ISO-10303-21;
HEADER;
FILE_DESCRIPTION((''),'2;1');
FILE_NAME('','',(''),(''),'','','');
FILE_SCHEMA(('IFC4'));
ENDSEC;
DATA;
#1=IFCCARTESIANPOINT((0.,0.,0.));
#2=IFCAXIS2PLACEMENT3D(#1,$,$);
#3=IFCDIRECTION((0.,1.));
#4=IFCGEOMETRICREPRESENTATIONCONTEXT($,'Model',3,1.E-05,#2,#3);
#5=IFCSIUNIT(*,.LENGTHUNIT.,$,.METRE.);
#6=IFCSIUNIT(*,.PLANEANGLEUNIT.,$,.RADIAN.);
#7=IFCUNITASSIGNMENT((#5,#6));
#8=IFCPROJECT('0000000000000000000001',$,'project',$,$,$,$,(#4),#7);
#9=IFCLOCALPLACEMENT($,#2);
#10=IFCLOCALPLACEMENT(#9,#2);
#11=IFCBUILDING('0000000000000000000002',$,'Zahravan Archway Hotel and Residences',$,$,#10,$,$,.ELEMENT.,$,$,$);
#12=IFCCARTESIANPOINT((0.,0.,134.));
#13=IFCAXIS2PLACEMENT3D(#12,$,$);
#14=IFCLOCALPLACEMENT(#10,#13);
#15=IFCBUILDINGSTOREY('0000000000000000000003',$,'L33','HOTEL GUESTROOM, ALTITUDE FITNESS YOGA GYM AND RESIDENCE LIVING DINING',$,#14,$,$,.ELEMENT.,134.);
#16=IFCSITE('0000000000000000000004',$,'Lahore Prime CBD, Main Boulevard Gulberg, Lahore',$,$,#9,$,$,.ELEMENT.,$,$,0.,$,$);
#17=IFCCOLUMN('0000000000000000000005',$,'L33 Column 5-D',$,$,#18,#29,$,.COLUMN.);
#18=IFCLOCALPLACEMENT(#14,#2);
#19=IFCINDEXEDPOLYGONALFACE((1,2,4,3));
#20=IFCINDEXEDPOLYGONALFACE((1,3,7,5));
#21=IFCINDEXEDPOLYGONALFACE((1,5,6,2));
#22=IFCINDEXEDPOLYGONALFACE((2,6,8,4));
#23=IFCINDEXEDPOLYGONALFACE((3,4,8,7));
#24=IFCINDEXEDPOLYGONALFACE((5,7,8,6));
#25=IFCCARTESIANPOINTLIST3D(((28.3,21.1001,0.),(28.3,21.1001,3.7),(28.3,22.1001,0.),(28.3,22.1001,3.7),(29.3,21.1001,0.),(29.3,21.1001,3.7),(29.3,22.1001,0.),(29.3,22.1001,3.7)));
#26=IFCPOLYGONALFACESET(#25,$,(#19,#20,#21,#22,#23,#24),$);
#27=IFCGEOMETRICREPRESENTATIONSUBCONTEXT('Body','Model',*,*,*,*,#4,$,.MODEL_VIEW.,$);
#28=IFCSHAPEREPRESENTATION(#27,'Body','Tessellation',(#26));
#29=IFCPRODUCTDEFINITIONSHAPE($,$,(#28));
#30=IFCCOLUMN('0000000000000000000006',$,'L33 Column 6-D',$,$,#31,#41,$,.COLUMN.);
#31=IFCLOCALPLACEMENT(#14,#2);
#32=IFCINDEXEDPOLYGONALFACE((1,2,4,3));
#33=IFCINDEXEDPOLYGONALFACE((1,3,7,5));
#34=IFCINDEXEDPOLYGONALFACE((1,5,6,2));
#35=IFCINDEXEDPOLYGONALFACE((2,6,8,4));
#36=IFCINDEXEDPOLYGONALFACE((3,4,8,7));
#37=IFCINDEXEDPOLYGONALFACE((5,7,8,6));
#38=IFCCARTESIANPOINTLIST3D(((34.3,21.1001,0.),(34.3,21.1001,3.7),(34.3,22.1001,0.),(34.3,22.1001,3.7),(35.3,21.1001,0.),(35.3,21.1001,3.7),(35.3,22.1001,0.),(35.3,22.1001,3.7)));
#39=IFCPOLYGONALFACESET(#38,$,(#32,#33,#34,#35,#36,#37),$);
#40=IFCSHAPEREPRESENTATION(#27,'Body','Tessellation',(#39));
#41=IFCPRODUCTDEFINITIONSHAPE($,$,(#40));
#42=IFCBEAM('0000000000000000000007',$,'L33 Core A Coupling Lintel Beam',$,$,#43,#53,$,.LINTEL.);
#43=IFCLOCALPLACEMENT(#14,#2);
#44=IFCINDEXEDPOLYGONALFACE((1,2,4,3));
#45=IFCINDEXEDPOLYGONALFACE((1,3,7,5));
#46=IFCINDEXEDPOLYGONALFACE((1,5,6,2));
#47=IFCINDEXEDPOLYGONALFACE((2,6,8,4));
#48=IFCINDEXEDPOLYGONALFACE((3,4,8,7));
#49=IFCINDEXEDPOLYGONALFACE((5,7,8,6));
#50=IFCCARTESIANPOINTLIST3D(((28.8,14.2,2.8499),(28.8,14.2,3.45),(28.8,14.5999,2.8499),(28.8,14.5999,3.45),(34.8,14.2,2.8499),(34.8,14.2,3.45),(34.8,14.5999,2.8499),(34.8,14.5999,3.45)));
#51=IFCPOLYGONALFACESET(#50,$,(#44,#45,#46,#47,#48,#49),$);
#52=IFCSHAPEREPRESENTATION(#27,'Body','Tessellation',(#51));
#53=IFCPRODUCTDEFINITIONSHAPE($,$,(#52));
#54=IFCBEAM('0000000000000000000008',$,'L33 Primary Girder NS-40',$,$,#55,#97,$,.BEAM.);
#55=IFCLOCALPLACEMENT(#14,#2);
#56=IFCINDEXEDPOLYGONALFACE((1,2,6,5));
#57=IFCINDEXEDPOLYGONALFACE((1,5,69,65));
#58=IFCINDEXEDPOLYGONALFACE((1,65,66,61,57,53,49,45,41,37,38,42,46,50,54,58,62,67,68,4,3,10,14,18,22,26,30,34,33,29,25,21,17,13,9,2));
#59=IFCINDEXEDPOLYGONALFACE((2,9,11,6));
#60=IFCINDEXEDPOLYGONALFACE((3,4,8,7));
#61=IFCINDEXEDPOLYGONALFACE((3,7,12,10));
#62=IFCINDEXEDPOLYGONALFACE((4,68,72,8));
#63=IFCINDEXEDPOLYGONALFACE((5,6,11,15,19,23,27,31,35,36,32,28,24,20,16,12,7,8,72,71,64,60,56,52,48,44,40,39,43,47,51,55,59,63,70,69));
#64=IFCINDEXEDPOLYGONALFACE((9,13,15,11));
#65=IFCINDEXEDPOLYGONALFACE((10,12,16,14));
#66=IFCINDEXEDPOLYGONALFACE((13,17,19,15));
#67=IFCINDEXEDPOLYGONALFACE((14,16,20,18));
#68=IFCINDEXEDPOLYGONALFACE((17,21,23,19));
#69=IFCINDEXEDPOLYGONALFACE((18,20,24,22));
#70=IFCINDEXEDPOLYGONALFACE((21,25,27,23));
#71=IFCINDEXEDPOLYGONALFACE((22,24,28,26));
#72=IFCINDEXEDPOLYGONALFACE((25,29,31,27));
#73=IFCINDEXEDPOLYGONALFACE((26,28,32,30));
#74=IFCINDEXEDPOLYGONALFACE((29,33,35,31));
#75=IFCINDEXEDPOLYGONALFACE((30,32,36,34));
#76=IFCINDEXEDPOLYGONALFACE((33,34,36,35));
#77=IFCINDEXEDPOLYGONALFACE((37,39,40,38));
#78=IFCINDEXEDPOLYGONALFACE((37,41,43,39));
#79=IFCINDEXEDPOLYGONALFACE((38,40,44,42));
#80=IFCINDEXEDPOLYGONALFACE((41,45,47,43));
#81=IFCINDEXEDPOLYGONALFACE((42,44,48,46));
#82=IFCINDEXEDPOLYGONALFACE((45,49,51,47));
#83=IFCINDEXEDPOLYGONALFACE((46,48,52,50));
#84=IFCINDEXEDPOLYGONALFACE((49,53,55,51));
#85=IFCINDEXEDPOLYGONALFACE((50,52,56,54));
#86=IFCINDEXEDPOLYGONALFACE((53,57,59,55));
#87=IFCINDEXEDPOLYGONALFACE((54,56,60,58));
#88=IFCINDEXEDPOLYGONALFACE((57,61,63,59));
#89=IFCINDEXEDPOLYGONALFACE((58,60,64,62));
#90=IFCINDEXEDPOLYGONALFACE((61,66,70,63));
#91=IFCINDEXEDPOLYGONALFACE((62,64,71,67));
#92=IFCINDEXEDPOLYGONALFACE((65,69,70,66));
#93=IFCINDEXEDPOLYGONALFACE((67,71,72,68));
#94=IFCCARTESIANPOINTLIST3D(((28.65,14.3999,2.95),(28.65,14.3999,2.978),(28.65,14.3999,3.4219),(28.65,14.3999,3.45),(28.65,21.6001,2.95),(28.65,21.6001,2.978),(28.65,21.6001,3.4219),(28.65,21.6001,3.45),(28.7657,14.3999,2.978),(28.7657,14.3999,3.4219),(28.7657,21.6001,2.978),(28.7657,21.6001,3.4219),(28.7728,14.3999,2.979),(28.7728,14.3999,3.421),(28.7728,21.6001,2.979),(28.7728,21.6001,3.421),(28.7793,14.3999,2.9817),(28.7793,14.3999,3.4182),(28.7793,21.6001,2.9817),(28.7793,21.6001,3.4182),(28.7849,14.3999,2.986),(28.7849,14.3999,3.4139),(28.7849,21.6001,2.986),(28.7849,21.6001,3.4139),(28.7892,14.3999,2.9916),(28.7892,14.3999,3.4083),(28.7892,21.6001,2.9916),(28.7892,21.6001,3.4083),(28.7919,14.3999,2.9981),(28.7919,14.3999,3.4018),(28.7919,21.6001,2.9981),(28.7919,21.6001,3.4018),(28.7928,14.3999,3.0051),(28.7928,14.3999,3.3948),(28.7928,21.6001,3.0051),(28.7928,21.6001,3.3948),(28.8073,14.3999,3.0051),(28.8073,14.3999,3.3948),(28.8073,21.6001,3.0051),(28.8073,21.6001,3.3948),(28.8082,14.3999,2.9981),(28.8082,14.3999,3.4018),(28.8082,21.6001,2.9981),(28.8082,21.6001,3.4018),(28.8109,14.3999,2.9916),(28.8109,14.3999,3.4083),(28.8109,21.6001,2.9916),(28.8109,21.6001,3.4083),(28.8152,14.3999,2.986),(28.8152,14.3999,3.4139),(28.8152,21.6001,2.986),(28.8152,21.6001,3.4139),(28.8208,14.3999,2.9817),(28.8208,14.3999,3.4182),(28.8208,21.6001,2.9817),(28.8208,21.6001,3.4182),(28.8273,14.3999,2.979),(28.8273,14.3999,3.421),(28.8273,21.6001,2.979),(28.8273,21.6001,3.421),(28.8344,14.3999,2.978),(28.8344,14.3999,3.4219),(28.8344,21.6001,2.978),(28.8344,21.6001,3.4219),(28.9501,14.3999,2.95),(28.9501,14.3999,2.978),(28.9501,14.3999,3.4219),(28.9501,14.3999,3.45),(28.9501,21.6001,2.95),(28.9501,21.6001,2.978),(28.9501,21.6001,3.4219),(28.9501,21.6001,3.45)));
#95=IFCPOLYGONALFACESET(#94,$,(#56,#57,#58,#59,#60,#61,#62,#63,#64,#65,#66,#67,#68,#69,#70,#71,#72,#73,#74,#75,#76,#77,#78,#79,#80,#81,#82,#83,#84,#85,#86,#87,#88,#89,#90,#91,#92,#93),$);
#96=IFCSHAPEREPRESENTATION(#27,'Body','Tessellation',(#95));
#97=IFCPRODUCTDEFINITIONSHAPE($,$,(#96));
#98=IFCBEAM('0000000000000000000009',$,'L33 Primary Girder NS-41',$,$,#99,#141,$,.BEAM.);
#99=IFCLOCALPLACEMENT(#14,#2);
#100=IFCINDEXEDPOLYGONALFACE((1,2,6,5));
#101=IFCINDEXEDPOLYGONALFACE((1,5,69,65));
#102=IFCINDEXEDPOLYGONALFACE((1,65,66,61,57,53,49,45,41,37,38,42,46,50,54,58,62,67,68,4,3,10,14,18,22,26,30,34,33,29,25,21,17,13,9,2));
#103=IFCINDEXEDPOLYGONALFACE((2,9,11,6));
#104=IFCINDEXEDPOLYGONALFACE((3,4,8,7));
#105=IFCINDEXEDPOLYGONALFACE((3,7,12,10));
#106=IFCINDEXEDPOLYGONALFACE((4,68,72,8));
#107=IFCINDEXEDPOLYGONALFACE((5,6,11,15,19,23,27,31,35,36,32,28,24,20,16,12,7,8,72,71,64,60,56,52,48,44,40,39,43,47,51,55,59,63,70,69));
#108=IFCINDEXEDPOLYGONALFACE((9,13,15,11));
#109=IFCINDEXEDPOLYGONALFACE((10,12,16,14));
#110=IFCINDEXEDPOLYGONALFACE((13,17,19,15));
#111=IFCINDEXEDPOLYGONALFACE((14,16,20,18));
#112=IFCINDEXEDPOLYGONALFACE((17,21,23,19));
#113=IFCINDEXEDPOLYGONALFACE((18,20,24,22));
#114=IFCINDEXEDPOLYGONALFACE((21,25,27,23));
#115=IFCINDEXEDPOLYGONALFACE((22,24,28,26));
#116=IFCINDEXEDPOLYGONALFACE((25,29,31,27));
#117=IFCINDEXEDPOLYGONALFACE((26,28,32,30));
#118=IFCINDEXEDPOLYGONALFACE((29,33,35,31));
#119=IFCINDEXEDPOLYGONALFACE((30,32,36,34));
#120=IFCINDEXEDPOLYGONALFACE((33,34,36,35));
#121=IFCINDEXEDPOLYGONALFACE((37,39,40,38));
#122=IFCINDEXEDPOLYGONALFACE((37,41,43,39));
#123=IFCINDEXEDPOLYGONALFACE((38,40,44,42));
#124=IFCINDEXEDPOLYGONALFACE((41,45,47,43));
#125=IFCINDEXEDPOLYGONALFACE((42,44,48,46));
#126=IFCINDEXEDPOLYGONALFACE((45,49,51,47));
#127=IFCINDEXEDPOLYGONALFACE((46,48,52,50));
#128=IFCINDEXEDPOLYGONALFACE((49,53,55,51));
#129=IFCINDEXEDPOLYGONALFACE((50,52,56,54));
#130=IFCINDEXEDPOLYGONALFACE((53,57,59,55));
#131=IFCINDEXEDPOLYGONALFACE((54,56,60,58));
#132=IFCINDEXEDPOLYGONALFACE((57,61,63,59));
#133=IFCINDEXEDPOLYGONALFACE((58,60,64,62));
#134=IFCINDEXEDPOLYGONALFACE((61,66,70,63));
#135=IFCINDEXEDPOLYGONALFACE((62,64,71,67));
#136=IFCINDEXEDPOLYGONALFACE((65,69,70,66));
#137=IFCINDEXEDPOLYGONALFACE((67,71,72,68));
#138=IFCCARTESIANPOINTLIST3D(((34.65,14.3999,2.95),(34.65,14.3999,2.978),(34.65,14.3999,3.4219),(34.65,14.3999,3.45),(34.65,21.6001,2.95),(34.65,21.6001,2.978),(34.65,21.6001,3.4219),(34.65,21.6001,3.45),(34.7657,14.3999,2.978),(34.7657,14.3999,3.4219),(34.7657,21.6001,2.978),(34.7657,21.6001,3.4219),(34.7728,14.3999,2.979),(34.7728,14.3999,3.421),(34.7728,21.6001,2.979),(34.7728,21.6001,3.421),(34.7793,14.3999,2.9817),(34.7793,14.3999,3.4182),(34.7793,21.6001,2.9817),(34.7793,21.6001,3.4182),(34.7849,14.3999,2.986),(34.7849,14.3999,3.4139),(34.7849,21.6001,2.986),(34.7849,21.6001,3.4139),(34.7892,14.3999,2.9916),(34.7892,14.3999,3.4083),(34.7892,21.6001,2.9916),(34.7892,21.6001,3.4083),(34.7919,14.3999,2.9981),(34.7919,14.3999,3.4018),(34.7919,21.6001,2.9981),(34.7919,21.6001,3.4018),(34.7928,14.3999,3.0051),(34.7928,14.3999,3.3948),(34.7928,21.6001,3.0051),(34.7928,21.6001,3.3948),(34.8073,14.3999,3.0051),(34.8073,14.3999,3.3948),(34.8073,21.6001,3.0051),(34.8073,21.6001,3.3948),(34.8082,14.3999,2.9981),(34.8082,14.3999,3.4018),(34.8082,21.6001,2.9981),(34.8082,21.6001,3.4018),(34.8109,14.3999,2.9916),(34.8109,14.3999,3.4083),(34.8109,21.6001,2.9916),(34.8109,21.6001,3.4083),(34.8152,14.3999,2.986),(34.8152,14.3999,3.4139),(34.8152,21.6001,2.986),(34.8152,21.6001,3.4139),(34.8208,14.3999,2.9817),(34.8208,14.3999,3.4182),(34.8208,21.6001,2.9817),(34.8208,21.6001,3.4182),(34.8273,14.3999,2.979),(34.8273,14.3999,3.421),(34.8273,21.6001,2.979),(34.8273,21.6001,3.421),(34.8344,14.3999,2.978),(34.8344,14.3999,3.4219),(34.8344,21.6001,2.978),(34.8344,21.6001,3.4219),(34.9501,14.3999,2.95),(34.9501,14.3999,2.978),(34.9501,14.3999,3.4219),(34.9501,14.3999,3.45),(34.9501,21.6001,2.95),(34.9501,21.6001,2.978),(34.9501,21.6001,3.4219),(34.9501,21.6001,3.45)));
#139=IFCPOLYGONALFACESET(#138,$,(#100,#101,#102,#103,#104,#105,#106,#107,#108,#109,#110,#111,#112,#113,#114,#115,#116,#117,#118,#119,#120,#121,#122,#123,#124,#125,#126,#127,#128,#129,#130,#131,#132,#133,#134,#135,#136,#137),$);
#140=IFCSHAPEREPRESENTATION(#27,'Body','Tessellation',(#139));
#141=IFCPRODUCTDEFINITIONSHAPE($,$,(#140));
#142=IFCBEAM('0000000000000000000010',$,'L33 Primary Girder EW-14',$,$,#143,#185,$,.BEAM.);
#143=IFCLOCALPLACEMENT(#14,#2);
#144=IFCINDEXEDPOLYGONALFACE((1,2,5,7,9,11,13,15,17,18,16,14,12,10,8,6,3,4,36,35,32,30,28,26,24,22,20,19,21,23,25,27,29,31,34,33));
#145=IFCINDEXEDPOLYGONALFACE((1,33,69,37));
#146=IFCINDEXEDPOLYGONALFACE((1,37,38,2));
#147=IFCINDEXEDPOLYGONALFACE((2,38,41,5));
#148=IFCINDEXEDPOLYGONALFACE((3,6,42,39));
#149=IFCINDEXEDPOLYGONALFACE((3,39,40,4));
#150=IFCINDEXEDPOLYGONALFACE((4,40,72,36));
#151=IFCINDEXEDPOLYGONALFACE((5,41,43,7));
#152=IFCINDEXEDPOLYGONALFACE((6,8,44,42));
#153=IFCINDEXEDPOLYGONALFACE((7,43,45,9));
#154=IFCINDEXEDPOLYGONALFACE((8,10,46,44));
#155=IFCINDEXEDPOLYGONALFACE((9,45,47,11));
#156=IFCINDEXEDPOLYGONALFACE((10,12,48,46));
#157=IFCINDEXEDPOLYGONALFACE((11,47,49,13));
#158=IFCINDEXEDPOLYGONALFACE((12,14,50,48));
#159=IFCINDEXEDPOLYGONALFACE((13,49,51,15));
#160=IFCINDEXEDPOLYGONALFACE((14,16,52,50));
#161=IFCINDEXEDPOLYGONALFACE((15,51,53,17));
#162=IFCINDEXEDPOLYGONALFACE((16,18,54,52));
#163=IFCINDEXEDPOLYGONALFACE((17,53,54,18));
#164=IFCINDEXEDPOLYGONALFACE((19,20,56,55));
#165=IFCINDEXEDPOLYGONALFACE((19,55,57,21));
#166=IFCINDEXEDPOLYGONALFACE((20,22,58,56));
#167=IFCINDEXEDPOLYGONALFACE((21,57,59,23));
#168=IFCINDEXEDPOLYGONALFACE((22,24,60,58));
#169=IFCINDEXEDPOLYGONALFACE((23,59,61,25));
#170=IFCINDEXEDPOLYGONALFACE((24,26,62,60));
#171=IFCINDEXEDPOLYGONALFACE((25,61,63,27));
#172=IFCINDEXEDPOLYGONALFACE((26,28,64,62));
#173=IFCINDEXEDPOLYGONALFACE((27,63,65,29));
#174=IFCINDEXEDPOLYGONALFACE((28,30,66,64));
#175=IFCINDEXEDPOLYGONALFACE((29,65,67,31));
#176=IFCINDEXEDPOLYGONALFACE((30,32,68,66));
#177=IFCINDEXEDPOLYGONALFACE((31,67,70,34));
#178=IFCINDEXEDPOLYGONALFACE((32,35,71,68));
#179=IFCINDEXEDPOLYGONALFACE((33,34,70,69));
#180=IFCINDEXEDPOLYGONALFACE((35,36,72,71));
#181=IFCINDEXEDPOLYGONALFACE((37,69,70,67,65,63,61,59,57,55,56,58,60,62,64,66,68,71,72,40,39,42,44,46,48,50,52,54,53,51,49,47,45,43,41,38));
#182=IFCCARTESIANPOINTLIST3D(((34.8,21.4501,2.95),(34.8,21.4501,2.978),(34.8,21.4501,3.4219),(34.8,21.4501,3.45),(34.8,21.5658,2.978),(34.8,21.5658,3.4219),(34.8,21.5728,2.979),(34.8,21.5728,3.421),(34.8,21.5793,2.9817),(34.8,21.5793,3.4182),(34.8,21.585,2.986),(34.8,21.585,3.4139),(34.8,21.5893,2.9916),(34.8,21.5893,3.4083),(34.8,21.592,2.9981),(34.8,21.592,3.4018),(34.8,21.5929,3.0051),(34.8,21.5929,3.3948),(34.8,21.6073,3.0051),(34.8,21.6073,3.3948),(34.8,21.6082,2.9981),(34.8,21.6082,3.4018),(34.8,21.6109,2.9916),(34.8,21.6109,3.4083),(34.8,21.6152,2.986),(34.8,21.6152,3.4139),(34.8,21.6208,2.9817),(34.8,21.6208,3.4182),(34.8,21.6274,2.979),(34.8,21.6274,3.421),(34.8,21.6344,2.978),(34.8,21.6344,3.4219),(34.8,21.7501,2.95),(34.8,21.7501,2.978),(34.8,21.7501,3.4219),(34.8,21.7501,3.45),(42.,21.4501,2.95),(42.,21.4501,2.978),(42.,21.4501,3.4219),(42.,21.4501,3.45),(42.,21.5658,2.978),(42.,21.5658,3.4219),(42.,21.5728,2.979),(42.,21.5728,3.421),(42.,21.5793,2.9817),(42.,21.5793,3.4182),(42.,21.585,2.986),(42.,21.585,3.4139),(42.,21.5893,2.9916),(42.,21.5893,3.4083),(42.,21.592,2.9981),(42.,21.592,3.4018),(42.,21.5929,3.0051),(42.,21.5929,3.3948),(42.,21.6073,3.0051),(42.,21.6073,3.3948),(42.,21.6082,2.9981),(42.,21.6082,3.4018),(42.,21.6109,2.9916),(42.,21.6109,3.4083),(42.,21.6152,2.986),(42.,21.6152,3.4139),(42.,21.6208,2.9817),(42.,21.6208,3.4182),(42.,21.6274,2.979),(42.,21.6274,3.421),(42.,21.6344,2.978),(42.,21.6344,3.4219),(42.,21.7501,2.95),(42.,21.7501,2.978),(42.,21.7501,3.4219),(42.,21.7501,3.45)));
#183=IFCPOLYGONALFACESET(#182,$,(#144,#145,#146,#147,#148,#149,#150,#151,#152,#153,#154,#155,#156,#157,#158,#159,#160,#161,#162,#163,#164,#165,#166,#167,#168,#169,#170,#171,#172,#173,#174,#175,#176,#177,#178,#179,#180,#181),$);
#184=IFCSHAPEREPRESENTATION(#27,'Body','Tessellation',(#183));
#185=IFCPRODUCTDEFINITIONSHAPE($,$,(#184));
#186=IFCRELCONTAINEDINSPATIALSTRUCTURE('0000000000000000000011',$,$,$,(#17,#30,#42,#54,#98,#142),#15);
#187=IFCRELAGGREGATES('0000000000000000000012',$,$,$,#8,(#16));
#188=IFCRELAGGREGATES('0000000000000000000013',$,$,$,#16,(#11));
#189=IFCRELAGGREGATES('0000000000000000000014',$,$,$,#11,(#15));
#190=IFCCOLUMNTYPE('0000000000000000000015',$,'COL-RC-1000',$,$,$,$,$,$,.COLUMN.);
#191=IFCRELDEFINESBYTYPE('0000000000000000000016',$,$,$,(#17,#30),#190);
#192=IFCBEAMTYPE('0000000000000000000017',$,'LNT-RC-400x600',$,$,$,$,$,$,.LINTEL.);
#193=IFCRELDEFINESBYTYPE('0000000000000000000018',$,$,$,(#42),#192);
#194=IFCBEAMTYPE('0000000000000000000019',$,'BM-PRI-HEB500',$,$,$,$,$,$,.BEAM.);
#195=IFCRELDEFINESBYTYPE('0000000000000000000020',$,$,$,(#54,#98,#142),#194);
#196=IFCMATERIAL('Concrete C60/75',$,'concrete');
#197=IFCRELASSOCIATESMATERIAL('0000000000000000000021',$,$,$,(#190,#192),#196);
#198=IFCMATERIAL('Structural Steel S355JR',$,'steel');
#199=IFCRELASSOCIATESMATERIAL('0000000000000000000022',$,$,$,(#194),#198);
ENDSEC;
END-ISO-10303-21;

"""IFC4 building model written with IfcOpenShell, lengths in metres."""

from ifc_helpers import new_model, si_unit, direction, frame, origin, origin_2d, place, context, subcontext, project, spatial, rectangle, i_section, extrude, source, transform, mapped, material, material_profile, profile_set, type_object, type_shapes, element, save


model = new_model("IFC4")

# Units and contexts
model_context = context("Model", 3, precision=1e-05, world=origin(), true_north=direction((0.0, 1.0)))
body_context = subcontext(model_context, "Body", "Model", "MODEL_VIEW")
ifc_project = project(units=[si_unit("LENGTHUNIT", "METRE"), si_unit("PLANEANGLEUNIT", "RADIAN")], contexts=[model_context])

# Site, building, storey
site_placement = place(None, origin())
site = spatial("IfcSite", under=ifc_project, at=site_placement, Name="Lahore Prime CBD, Main Boulevard Gulberg, Lahore", CompositionType="ELEMENT", RefElevation=0.0)
building_placement = place(site_placement, origin())
building = spatial("IfcBuilding", under=site, at=building_placement, Name="Zahravan Archway Hotel and Residences", CompositionType="ELEMENT")
storey_placement = place(building_placement, frame((0.0, 0.0, 134.0)))
storey = spatial("IfcBuildingStorey", under=building, at=storey_placement, Name="L33", Description="HOTEL GUESTROOM, ALTITUDE FITNESS YOGA GYM AND RESIDENCE LIVING DINING", CompositionType="ELEMENT", Elevation=134.0)

# Columns
ifc_material_1 = material(Name="Concrete C60/75", Category="concrete")
ifc_material_profile_1 = material_profile(ifc_material_1, rectangle(XDim=1.0, YDim=1.0, at=origin_2d()), Name="RC-COL-1000x1000", Category="concrete")
ifc_profile_set_1 = profile_set([ifc_material_profile_1], Name="Concrete C60/75")
column_type = type_object("IfcColumnType", Name="COL-RC-1000", PredefinedType="COLUMN", material=ifc_profile_set_1)
shared_shape_1 = source(origin(), body_context, "Body", "SweptSolid", [
    extrude(rectangle(XDim=1.0, YDim=1.0, at=origin_2d()), origin(), (0.0, 0.0, 1.0), 3.7),
])
type_shapes(column_type, [shared_shape_1])
for number, where, z_axis, x_axis, name in (
    (1, (28.8, 21.6001, 0.0), (0.0, 0.0, 1.0), (1.0, 0.0, 0.0), "L33 Column 5-D"),
    (2, (34.8, 21.6001, 0.0), (0.0, 0.0, 1.0), (1.0, 0.0, 0.0), "L33 Column 6-D"),
):
    element("IfcColumn", number, at=place(storey_placement, frame(where, z_axis=z_axis, x_axis=x_axis)), inside=storey, type_object=column_type, Name=name, PredefinedType="COLUMN", context=body_context, shape_type="MappedRepresentation", body=[
        mapped(shared_shape_1, transform((0.0, 0.0, 0.0), scale=1.0)),
    ])

# Beams
ifc_material_profile_2 = material_profile(ifc_material_1, rectangle(XDim=0.3999, YDim=0.6001, at=origin_2d()), Name="RC-LNT-400x600", Category="concrete")
ifc_profile_set_2 = profile_set([ifc_material_profile_2], Name="Concrete C60/75")
beam_type_1 = type_object("IfcBeamType", Name="LNT-RC-400x600", PredefinedType="LINTEL", material=ifc_profile_set_2)
shared_shape_2 = source(origin(), body_context, "Body", "SweptSolid", [
    extrude(rectangle(XDim=0.3999, YDim=0.6001, at=origin_2d()), origin(), (0.0, 0.0, 1.0), 6.0),
])
type_shapes(beam_type_1, [shared_shape_2])
beam_1_placement = place(storey_placement, frame((28.8, 14.3999, 3.1499), z_axis=(1.0, 0.0, 0.0), x_axis=(0.0, 1.0, 0.0)))
element("IfcBeam", 3, at=beam_1_placement, inside=storey, type_object=beam_type_1, Name="L33 Core A Coupling Lintel Beam", PredefinedType="LINTEL", context=body_context, shape_type="MappedRepresentation", body=[
    mapped(shared_shape_2, transform((0.0, 0.0, 0.0), scale=1.0)),
])
ifc_material_2 = material(Name="Structural Steel S355JR", Category="steel")
ifc_material_profile_3 = material_profile(ifc_material_2, i_section(OverallWidth=0.3, OverallDepth=0.5, WebThickness=0.0144, FlangeThickness=0.0281, FilletRadius=0.0271, at=origin_2d()), Name="HEB 500", Category="steel")
ifc_profile_set_3 = profile_set([ifc_material_profile_3], Name="Structural Steel S355JR")
beam_type_2 = type_object("IfcBeamType", Name="BM-PRI-HEB500", PredefinedType="BEAM", material=ifc_profile_set_3)
shared_shape_3 = source(origin(), body_context, "Body", "SweptSolid", [
    extrude(i_section(OverallWidth=0.3, OverallDepth=0.5, WebThickness=0.0144, FlangeThickness=0.0281, FilletRadius=0.0271, at=origin_2d()), origin(), (0.0, 0.0, 1.0), 7.2002),
])
type_shapes(beam_type_2, [shared_shape_3])
for number, where, z_axis, x_axis, name in (
    (4, (28.8, 14.3999, 3.2), (0.0, 1.0, 0.0), (-1.0, 0.0, 0.0), "L33 Primary Girder NS-40"),
    (5, (34.8, 14.3999, 3.2), (0.0, 1.0, 0.0), (-1.0, 0.0, 0.0), "L33 Primary Girder NS-41"),
):
    element("IfcBeam", number, at=place(storey_placement, frame(where, z_axis=z_axis, x_axis=x_axis)), inside=storey, type_object=beam_type_2, Name=name, PredefinedType="BEAM", context=body_context, shape_type="MappedRepresentation", body=[
        mapped(shared_shape_3, transform((0.0, 0.0, 0.0), scale=1.0)),
    ])
shared_shape_4 = source(origin(), body_context, "Body", "SweptSolid", [
    extrude(i_section(OverallWidth=0.3, OverallDepth=0.5, WebThickness=0.0144, FlangeThickness=0.0281, FilletRadius=0.0271, at=origin_2d()), origin(), (0.0, 0.0, 1.0), 7.2),
])
beam_2_placement = place(storey_placement, frame((34.8, 21.6001, 3.2), z_axis=(1.0, 0.0, 0.0), x_axis=(0.0, 1.0, 0.0)))
element("IfcBeam", 6, at=beam_2_placement, inside=storey, type_object=beam_type_2, Name="L33 Primary Girder EW-14", PredefinedType="BEAM", context=body_context, shape_type="MappedRepresentation", body=[
    mapped(shared_shape_4, transform((0.0, 0.0, 0.0), scale=1.0)),
])

save(model, "model.ifc")
